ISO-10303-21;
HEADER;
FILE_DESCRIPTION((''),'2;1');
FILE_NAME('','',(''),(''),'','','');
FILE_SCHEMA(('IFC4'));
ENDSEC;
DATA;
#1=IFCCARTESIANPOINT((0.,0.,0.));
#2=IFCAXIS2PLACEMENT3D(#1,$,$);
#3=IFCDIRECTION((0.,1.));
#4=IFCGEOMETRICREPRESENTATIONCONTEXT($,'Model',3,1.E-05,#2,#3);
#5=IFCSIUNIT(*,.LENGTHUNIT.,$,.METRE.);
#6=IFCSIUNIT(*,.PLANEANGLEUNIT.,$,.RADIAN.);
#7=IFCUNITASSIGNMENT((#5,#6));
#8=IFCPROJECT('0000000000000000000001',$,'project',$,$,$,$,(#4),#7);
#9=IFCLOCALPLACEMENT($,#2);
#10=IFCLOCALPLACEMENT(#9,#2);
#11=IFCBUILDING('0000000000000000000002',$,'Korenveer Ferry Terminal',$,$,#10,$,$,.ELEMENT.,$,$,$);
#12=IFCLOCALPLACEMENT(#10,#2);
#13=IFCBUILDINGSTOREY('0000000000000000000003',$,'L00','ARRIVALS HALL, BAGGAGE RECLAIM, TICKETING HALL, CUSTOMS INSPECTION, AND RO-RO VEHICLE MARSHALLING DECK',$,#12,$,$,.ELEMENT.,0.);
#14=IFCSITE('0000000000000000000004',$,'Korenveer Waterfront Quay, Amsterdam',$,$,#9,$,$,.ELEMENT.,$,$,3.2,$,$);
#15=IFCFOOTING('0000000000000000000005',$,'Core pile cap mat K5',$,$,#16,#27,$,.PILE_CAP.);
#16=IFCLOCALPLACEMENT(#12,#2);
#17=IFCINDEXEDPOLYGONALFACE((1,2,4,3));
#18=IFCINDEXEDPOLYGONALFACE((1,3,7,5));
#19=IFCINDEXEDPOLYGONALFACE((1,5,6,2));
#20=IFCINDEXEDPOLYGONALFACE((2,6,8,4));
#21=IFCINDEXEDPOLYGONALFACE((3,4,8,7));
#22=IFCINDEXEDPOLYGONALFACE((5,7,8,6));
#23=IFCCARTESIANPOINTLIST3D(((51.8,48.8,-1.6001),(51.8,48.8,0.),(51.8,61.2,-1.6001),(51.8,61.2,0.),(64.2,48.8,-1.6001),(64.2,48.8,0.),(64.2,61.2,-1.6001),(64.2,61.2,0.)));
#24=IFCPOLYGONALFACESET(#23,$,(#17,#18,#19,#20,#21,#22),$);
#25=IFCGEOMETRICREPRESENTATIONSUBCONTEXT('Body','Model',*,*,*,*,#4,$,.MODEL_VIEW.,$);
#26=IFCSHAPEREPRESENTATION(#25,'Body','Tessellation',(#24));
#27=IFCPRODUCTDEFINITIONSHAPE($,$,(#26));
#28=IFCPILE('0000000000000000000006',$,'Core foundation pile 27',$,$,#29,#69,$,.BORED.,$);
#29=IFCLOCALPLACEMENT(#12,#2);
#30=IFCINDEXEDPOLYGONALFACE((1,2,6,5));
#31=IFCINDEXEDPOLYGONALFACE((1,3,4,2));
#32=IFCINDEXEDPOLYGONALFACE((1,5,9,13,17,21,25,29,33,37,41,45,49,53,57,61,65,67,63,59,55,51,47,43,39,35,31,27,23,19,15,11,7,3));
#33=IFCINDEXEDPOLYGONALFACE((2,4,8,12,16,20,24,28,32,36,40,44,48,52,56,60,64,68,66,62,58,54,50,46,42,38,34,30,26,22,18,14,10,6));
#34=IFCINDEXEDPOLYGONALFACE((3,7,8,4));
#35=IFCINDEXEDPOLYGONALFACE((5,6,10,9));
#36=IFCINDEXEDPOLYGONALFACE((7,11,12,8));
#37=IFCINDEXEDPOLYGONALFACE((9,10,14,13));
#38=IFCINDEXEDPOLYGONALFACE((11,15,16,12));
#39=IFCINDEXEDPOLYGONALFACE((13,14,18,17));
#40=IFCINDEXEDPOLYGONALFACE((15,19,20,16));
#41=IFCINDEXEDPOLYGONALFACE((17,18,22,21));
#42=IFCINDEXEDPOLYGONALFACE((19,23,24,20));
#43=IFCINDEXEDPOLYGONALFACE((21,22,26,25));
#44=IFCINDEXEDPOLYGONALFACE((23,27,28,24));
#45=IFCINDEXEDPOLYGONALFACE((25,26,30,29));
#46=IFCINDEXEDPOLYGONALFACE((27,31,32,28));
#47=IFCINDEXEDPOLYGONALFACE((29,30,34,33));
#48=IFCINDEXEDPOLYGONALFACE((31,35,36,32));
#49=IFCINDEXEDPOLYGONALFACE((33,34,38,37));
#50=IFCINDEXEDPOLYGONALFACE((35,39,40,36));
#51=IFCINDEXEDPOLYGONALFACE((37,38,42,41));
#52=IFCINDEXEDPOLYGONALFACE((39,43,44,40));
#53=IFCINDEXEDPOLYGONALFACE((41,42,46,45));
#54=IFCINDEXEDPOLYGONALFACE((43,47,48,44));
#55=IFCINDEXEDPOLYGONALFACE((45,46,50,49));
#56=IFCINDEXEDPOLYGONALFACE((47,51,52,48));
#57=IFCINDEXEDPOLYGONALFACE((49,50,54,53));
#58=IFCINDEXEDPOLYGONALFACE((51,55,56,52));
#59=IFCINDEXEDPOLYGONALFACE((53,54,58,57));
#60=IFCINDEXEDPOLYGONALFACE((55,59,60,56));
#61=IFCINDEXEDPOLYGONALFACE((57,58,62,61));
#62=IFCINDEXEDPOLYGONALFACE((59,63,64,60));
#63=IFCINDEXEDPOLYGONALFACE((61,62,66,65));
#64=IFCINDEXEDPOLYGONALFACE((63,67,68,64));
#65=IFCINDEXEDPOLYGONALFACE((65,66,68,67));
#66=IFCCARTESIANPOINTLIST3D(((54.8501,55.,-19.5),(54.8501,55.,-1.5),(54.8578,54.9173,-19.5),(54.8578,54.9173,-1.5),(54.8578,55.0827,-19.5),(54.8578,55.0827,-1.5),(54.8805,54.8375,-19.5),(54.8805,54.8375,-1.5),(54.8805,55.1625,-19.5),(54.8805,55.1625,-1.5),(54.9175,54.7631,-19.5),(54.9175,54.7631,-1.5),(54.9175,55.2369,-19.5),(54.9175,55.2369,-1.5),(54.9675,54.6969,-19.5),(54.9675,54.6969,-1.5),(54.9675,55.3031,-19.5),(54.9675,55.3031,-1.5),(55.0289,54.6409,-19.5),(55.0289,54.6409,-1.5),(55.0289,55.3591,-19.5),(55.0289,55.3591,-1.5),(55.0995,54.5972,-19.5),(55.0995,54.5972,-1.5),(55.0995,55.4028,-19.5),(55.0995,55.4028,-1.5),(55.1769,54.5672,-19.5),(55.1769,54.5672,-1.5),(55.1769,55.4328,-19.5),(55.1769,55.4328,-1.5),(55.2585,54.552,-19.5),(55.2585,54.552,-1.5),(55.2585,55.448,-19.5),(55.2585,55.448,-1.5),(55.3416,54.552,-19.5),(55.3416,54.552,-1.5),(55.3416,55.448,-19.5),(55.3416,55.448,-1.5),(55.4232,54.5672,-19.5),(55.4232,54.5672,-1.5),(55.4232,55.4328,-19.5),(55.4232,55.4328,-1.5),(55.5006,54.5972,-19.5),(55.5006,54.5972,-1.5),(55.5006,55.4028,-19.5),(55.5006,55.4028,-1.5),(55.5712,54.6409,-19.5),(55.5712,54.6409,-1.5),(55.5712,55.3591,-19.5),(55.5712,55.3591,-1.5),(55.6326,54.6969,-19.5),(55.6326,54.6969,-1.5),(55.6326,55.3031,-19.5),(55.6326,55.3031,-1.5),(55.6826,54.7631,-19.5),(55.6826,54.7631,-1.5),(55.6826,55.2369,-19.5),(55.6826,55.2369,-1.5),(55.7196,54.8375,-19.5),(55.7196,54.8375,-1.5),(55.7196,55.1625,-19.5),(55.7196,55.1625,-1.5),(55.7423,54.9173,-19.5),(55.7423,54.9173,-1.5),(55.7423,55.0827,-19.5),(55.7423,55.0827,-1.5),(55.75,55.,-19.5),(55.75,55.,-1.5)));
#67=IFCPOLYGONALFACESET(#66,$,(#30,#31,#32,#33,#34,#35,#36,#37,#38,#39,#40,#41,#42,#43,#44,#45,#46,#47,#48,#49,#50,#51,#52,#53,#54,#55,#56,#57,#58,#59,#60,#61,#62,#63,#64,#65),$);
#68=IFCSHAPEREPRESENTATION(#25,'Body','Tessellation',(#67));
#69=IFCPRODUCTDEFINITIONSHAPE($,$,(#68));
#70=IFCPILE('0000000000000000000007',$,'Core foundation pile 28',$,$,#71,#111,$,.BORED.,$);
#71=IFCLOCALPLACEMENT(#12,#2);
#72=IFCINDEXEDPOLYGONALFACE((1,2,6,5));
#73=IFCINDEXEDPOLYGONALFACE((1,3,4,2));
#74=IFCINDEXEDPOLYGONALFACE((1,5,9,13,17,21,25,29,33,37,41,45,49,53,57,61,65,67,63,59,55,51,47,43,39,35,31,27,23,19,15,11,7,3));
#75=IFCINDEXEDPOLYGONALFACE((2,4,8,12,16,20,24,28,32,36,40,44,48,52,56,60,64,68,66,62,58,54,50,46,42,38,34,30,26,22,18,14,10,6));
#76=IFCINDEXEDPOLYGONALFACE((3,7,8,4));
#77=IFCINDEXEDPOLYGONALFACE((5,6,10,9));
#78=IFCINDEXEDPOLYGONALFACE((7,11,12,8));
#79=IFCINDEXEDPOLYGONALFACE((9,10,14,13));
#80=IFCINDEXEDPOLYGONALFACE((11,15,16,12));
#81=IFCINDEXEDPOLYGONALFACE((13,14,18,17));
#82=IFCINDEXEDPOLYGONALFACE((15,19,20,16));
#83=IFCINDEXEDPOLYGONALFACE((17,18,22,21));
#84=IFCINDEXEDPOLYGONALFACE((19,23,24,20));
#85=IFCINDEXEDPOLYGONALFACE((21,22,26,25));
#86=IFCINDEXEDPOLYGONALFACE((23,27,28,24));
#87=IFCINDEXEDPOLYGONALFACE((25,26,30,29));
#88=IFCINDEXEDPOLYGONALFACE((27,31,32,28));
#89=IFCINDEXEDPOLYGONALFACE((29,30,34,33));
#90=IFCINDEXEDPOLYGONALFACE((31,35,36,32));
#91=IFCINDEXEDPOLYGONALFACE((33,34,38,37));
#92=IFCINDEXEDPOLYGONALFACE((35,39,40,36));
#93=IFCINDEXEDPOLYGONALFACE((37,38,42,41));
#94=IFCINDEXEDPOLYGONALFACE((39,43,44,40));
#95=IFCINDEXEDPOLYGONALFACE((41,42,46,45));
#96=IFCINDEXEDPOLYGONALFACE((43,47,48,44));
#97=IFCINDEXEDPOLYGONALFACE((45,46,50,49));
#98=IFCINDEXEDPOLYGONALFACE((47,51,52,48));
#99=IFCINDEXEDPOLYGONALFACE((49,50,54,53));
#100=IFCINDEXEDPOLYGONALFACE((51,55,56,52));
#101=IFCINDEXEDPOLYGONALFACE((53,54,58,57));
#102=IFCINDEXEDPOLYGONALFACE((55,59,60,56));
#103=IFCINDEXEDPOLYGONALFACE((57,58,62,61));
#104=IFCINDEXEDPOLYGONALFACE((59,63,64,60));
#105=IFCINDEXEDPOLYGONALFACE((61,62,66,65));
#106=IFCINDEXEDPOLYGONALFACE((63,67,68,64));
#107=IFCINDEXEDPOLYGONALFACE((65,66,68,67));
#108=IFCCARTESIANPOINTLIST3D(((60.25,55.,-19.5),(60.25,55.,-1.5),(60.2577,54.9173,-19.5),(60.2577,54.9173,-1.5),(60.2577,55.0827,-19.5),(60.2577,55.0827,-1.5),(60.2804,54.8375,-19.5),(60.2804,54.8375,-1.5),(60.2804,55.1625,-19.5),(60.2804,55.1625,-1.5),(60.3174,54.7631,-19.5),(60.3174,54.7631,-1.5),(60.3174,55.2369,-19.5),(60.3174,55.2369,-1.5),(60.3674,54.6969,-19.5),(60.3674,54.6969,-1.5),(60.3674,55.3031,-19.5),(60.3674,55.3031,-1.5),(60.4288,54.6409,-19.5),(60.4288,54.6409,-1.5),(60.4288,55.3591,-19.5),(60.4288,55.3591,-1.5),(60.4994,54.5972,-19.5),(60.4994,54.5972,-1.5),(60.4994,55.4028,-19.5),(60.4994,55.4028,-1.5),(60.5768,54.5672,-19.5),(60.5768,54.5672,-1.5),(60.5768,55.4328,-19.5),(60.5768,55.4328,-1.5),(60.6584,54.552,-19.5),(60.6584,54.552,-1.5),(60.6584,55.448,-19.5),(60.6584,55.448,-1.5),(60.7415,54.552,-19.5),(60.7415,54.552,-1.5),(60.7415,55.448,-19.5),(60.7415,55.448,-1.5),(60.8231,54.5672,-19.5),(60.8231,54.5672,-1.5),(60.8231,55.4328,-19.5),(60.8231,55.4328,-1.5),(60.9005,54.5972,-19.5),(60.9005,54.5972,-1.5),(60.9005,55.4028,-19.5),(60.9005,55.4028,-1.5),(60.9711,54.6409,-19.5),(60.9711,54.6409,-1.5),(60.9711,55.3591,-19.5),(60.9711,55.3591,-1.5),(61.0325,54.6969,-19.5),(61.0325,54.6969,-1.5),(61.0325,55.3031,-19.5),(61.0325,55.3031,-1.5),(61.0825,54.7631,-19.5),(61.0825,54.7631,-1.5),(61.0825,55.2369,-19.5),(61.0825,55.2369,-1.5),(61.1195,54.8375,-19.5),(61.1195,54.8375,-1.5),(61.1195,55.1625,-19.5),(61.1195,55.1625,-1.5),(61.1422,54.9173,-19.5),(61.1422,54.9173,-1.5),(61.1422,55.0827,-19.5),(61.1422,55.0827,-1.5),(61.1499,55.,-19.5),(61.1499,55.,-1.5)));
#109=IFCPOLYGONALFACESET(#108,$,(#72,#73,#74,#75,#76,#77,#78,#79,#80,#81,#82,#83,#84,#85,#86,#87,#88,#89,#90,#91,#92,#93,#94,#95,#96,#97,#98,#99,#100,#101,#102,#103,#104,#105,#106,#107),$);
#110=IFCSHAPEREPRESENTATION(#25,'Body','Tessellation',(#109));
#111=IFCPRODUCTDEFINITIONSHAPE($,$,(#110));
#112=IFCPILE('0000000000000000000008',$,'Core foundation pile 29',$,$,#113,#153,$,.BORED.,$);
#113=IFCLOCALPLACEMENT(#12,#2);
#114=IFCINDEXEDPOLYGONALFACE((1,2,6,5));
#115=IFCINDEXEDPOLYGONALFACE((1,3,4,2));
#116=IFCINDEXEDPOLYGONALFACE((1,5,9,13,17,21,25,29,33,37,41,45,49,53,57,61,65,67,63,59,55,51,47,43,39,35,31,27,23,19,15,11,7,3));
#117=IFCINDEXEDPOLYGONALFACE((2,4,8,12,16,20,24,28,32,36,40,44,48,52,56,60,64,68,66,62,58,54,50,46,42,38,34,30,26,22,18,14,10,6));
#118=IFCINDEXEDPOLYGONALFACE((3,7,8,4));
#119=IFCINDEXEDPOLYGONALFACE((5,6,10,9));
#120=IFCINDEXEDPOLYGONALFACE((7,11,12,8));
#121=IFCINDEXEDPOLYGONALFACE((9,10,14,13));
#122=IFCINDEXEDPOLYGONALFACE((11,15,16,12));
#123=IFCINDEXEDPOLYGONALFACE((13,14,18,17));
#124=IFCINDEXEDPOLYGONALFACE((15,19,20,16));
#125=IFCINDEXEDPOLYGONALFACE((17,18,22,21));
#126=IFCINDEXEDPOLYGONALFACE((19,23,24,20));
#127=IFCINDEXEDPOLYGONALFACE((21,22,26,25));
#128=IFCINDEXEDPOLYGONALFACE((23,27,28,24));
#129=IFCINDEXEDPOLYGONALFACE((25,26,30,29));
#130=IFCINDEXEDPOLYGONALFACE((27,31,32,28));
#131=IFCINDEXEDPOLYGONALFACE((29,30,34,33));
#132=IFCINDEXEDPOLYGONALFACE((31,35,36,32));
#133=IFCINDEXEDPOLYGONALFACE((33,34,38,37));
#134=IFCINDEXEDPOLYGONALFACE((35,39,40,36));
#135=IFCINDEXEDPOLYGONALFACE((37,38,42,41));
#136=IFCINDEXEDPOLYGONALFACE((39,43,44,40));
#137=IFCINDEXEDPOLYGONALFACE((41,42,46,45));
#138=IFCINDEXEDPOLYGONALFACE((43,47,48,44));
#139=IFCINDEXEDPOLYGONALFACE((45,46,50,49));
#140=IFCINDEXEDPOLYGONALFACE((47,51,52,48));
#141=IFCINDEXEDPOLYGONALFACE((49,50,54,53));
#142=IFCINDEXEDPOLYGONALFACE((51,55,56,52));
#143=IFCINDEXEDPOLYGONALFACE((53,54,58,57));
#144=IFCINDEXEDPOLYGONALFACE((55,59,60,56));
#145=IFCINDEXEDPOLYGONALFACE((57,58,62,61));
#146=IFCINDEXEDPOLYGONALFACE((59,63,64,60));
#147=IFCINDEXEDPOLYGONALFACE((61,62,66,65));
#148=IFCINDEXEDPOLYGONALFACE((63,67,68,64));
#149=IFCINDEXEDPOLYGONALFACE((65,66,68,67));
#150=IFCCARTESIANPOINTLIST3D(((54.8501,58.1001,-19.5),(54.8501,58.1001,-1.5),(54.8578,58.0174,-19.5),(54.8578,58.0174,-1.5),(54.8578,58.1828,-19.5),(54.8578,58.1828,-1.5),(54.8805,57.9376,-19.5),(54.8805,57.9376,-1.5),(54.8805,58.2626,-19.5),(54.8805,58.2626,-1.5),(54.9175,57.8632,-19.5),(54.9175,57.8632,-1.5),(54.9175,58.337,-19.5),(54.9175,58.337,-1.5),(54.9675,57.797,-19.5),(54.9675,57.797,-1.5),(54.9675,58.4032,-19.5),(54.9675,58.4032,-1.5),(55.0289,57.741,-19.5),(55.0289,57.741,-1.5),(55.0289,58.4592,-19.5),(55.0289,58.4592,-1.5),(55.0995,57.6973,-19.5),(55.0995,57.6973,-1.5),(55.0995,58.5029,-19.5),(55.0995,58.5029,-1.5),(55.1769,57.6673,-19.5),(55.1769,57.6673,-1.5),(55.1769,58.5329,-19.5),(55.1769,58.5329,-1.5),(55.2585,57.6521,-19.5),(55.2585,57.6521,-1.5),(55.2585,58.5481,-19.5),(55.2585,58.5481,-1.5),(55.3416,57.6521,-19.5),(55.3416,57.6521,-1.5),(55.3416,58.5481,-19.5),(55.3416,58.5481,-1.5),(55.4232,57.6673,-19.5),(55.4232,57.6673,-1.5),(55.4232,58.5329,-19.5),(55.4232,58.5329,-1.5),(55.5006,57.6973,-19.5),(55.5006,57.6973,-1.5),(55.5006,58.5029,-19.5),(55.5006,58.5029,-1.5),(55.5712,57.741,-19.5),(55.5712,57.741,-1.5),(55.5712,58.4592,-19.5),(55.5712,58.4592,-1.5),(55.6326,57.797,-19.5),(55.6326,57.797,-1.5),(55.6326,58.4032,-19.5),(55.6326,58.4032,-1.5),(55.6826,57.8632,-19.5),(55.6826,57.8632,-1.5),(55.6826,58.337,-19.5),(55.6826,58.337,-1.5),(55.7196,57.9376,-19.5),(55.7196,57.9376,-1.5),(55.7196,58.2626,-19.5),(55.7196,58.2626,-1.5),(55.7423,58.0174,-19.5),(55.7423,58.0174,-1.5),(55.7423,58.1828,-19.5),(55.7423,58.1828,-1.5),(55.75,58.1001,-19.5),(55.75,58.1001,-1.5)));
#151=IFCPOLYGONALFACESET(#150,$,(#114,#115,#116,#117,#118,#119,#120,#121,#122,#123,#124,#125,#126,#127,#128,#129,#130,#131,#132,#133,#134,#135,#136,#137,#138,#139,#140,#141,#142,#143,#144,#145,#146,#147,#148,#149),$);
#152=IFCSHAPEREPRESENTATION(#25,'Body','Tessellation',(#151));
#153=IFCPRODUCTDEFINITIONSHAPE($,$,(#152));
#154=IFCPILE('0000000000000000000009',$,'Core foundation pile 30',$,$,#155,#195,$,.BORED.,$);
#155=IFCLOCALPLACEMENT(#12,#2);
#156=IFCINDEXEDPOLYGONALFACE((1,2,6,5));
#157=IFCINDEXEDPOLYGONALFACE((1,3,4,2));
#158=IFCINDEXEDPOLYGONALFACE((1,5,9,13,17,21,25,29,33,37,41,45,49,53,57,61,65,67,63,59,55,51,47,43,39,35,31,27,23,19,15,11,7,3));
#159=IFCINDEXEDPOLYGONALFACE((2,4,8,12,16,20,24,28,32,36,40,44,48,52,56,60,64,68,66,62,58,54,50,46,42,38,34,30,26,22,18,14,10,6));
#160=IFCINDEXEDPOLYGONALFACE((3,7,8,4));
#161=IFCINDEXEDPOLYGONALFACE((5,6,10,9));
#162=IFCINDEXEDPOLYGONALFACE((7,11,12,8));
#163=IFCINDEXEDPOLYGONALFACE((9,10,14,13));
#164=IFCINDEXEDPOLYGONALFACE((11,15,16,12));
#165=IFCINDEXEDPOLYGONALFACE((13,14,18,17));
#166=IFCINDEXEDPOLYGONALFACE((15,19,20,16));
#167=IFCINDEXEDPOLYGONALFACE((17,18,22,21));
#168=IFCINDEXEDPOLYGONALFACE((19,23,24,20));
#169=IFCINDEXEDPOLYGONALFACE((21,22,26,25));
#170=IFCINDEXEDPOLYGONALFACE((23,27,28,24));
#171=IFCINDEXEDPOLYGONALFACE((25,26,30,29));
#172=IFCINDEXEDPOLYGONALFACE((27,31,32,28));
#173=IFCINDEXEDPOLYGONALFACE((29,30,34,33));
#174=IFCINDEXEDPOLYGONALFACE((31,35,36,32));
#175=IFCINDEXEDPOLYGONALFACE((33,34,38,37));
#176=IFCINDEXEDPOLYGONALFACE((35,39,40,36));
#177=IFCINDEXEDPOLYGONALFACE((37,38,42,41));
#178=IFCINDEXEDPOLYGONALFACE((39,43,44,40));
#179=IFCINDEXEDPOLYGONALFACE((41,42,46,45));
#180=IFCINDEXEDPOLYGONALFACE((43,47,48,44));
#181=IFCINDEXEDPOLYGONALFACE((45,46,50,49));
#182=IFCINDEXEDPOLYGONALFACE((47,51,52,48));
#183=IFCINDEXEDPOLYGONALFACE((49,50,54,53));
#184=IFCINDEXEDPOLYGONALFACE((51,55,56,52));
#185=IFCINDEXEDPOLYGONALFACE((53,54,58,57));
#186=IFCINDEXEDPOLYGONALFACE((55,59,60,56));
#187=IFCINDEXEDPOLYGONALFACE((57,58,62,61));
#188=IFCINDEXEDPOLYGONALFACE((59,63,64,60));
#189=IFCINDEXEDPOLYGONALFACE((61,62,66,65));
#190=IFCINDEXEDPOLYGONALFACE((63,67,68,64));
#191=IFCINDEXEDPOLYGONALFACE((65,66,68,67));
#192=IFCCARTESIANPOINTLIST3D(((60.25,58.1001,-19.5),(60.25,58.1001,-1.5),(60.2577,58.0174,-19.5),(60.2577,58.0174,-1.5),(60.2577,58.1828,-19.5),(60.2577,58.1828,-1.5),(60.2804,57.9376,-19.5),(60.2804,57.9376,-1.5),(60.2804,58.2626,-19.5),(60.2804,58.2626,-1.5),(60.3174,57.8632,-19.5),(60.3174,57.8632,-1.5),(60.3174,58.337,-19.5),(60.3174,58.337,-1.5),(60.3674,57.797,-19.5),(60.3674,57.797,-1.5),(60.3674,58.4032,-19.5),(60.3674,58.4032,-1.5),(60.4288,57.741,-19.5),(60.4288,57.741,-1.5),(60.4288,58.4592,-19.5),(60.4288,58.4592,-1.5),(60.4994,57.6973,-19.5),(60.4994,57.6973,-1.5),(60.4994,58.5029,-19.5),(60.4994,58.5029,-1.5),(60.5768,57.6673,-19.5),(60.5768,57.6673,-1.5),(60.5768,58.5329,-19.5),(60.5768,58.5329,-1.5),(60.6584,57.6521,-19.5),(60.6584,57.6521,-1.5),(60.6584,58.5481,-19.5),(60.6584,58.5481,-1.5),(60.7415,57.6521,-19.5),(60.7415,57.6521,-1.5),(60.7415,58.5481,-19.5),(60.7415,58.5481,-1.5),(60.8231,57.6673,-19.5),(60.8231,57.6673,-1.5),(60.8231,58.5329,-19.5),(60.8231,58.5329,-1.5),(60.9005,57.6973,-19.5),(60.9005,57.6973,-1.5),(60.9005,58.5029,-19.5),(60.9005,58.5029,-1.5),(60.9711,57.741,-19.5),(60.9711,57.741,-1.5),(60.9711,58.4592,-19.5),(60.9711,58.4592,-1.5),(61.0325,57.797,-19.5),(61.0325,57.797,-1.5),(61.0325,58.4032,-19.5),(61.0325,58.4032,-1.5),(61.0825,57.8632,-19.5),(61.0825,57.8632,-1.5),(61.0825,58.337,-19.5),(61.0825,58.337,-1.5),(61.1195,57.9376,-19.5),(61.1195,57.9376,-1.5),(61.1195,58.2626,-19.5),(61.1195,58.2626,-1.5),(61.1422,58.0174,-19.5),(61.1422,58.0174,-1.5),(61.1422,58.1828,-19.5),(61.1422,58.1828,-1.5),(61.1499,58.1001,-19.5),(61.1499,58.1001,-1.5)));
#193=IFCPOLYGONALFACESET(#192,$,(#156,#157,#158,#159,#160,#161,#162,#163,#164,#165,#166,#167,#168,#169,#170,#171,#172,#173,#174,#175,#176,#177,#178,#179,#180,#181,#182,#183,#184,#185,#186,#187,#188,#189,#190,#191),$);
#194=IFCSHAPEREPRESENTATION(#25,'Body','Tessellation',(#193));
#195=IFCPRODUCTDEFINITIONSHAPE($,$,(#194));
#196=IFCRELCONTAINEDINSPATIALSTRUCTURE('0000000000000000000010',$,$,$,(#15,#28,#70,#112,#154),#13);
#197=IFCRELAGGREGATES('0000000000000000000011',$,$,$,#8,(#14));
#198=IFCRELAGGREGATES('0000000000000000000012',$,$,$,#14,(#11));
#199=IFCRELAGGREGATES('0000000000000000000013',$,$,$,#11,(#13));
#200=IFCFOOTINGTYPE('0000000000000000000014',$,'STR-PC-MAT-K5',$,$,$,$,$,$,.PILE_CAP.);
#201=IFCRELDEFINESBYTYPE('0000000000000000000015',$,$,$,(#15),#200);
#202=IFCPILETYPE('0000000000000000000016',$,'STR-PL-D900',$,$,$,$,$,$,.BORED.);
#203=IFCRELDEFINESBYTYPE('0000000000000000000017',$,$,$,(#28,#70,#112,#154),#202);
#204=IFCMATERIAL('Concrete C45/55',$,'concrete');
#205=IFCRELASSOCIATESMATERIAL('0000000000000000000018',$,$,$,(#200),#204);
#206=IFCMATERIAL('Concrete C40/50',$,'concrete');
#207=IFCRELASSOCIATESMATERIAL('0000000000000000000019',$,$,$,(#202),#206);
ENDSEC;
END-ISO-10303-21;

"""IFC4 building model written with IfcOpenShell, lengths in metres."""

from ifc_helpers import new_model, si_unit, direction, frame, origin, origin_2d, place, context, subcontext, project, spatial, rectangle, circle, extrude, material, material_profile, profile_set, type_object, element, save


model = new_model("IFC4")

# Units and contexts
model_context = context("Model", 3, precision=1e-05, world=origin(), true_north=direction((0.0, 1.0)))
body_context = subcontext(model_context, "Body", "Model", "MODEL_VIEW")
ifc_project = project(units=[si_unit("LENGTHUNIT", "METRE"), si_unit("PLANEANGLEUNIT", "RADIAN")], contexts=[model_context])

# Site, building, storey
site_placement = place(None, origin())
site = spatial("IfcSite", under=ifc_project, at=site_placement, Name="Korenveer Waterfront Quay, Amsterdam", CompositionType="ELEMENT", RefElevation=3.2)
building_placement = place(site_placement, origin())
building = spatial("IfcBuilding", under=site, at=building_placement, Name="Korenveer Ferry Terminal", CompositionType="ELEMENT")
storey_placement = place(building_placement, origin())
storey = spatial("IfcBuildingStorey", under=building, at=storey_placement, Name="L00", Description="ARRIVALS HALL, BAGGAGE RECLAIM, TICKETING HALL, CUSTOMS INSPECTION, AND RO-RO VEHICLE MARSHALLING DECK", CompositionType="ELEMENT", Elevation=0.0)

# Footing
ifc_material_1 = material(Name="Concrete C45/55", Category="concrete")
footing_type = type_object("IfcFootingType", Name="STR-PC-MAT-K5", PredefinedType="PILE_CAP", material=ifc_material_1)
footing_placement = place(storey_placement, frame((58.0, 55.0, -1.6001), z_axis=(0.0, 0.0, 1.0), x_axis=(1.0, 0.0, 0.0)))
element("IfcFooting", 1, at=footing_placement, inside=storey, type_object=footing_type, Name="Core pile cap mat K5", PredefinedType="PILE_CAP", context=body_context, shape_type="SweptSolid", body=[
    extrude(rectangle(XDim=12.3999, YDim=12.3999, at=origin_2d()), origin(), (0.0, 0.0, 1.0), 1.6001),
])

# Piles
ifc_material_2 = material(Name="Concrete C40/50", Category="concrete")
ifc_material_profile_1 = material_profile(ifc_material_2, circle(Radius=0.45, at=origin_2d()), Name="PILE D900")
ifc_profile_set_1 = profile_set([ifc_material_profile_1], Name="Concrete C40/50")
pile_type = type_object("IfcPileType", Name="STR-PL-D900", PredefinedType="BORED", material=ifc_profile_set_1)
for number, where, z_axis, x_axis, name in (
    (2, (55.3, 55.0, -1.5), (0.0, 0.0, -1.0), (1.0, 0.0, 0.0), "Core foundation pile 27"),
    (3, (60.7, 55.0, -1.5), (0.0, 0.0, -1.0), (1.0, 0.0, 0.0), "Core foundation pile 28"),
    (4, (55.3, 58.1001, -1.5), (0.0, 0.0, -1.0), (1.0, 0.0, 0.0), "Core foundation pile 29"),
    (5, (60.7, 58.1001, -1.5), (0.0, 0.0, -1.0), (1.0, 0.0, 0.0), "Core foundation pile 30"),
):
    element("IfcPile", number, at=place(storey_placement, frame(where, z_axis=z_axis, x_axis=x_axis)), inside=storey, type_object=pile_type, Name=name, PredefinedType="BORED", context=body_context, shape_type="SweptSolid", body=[
        extrude(circle(Radius=0.45, at=origin_2d()), origin(), (0.0, 0.0, 1.0), 18.0),
    ])

save(model, "model.ifc")
